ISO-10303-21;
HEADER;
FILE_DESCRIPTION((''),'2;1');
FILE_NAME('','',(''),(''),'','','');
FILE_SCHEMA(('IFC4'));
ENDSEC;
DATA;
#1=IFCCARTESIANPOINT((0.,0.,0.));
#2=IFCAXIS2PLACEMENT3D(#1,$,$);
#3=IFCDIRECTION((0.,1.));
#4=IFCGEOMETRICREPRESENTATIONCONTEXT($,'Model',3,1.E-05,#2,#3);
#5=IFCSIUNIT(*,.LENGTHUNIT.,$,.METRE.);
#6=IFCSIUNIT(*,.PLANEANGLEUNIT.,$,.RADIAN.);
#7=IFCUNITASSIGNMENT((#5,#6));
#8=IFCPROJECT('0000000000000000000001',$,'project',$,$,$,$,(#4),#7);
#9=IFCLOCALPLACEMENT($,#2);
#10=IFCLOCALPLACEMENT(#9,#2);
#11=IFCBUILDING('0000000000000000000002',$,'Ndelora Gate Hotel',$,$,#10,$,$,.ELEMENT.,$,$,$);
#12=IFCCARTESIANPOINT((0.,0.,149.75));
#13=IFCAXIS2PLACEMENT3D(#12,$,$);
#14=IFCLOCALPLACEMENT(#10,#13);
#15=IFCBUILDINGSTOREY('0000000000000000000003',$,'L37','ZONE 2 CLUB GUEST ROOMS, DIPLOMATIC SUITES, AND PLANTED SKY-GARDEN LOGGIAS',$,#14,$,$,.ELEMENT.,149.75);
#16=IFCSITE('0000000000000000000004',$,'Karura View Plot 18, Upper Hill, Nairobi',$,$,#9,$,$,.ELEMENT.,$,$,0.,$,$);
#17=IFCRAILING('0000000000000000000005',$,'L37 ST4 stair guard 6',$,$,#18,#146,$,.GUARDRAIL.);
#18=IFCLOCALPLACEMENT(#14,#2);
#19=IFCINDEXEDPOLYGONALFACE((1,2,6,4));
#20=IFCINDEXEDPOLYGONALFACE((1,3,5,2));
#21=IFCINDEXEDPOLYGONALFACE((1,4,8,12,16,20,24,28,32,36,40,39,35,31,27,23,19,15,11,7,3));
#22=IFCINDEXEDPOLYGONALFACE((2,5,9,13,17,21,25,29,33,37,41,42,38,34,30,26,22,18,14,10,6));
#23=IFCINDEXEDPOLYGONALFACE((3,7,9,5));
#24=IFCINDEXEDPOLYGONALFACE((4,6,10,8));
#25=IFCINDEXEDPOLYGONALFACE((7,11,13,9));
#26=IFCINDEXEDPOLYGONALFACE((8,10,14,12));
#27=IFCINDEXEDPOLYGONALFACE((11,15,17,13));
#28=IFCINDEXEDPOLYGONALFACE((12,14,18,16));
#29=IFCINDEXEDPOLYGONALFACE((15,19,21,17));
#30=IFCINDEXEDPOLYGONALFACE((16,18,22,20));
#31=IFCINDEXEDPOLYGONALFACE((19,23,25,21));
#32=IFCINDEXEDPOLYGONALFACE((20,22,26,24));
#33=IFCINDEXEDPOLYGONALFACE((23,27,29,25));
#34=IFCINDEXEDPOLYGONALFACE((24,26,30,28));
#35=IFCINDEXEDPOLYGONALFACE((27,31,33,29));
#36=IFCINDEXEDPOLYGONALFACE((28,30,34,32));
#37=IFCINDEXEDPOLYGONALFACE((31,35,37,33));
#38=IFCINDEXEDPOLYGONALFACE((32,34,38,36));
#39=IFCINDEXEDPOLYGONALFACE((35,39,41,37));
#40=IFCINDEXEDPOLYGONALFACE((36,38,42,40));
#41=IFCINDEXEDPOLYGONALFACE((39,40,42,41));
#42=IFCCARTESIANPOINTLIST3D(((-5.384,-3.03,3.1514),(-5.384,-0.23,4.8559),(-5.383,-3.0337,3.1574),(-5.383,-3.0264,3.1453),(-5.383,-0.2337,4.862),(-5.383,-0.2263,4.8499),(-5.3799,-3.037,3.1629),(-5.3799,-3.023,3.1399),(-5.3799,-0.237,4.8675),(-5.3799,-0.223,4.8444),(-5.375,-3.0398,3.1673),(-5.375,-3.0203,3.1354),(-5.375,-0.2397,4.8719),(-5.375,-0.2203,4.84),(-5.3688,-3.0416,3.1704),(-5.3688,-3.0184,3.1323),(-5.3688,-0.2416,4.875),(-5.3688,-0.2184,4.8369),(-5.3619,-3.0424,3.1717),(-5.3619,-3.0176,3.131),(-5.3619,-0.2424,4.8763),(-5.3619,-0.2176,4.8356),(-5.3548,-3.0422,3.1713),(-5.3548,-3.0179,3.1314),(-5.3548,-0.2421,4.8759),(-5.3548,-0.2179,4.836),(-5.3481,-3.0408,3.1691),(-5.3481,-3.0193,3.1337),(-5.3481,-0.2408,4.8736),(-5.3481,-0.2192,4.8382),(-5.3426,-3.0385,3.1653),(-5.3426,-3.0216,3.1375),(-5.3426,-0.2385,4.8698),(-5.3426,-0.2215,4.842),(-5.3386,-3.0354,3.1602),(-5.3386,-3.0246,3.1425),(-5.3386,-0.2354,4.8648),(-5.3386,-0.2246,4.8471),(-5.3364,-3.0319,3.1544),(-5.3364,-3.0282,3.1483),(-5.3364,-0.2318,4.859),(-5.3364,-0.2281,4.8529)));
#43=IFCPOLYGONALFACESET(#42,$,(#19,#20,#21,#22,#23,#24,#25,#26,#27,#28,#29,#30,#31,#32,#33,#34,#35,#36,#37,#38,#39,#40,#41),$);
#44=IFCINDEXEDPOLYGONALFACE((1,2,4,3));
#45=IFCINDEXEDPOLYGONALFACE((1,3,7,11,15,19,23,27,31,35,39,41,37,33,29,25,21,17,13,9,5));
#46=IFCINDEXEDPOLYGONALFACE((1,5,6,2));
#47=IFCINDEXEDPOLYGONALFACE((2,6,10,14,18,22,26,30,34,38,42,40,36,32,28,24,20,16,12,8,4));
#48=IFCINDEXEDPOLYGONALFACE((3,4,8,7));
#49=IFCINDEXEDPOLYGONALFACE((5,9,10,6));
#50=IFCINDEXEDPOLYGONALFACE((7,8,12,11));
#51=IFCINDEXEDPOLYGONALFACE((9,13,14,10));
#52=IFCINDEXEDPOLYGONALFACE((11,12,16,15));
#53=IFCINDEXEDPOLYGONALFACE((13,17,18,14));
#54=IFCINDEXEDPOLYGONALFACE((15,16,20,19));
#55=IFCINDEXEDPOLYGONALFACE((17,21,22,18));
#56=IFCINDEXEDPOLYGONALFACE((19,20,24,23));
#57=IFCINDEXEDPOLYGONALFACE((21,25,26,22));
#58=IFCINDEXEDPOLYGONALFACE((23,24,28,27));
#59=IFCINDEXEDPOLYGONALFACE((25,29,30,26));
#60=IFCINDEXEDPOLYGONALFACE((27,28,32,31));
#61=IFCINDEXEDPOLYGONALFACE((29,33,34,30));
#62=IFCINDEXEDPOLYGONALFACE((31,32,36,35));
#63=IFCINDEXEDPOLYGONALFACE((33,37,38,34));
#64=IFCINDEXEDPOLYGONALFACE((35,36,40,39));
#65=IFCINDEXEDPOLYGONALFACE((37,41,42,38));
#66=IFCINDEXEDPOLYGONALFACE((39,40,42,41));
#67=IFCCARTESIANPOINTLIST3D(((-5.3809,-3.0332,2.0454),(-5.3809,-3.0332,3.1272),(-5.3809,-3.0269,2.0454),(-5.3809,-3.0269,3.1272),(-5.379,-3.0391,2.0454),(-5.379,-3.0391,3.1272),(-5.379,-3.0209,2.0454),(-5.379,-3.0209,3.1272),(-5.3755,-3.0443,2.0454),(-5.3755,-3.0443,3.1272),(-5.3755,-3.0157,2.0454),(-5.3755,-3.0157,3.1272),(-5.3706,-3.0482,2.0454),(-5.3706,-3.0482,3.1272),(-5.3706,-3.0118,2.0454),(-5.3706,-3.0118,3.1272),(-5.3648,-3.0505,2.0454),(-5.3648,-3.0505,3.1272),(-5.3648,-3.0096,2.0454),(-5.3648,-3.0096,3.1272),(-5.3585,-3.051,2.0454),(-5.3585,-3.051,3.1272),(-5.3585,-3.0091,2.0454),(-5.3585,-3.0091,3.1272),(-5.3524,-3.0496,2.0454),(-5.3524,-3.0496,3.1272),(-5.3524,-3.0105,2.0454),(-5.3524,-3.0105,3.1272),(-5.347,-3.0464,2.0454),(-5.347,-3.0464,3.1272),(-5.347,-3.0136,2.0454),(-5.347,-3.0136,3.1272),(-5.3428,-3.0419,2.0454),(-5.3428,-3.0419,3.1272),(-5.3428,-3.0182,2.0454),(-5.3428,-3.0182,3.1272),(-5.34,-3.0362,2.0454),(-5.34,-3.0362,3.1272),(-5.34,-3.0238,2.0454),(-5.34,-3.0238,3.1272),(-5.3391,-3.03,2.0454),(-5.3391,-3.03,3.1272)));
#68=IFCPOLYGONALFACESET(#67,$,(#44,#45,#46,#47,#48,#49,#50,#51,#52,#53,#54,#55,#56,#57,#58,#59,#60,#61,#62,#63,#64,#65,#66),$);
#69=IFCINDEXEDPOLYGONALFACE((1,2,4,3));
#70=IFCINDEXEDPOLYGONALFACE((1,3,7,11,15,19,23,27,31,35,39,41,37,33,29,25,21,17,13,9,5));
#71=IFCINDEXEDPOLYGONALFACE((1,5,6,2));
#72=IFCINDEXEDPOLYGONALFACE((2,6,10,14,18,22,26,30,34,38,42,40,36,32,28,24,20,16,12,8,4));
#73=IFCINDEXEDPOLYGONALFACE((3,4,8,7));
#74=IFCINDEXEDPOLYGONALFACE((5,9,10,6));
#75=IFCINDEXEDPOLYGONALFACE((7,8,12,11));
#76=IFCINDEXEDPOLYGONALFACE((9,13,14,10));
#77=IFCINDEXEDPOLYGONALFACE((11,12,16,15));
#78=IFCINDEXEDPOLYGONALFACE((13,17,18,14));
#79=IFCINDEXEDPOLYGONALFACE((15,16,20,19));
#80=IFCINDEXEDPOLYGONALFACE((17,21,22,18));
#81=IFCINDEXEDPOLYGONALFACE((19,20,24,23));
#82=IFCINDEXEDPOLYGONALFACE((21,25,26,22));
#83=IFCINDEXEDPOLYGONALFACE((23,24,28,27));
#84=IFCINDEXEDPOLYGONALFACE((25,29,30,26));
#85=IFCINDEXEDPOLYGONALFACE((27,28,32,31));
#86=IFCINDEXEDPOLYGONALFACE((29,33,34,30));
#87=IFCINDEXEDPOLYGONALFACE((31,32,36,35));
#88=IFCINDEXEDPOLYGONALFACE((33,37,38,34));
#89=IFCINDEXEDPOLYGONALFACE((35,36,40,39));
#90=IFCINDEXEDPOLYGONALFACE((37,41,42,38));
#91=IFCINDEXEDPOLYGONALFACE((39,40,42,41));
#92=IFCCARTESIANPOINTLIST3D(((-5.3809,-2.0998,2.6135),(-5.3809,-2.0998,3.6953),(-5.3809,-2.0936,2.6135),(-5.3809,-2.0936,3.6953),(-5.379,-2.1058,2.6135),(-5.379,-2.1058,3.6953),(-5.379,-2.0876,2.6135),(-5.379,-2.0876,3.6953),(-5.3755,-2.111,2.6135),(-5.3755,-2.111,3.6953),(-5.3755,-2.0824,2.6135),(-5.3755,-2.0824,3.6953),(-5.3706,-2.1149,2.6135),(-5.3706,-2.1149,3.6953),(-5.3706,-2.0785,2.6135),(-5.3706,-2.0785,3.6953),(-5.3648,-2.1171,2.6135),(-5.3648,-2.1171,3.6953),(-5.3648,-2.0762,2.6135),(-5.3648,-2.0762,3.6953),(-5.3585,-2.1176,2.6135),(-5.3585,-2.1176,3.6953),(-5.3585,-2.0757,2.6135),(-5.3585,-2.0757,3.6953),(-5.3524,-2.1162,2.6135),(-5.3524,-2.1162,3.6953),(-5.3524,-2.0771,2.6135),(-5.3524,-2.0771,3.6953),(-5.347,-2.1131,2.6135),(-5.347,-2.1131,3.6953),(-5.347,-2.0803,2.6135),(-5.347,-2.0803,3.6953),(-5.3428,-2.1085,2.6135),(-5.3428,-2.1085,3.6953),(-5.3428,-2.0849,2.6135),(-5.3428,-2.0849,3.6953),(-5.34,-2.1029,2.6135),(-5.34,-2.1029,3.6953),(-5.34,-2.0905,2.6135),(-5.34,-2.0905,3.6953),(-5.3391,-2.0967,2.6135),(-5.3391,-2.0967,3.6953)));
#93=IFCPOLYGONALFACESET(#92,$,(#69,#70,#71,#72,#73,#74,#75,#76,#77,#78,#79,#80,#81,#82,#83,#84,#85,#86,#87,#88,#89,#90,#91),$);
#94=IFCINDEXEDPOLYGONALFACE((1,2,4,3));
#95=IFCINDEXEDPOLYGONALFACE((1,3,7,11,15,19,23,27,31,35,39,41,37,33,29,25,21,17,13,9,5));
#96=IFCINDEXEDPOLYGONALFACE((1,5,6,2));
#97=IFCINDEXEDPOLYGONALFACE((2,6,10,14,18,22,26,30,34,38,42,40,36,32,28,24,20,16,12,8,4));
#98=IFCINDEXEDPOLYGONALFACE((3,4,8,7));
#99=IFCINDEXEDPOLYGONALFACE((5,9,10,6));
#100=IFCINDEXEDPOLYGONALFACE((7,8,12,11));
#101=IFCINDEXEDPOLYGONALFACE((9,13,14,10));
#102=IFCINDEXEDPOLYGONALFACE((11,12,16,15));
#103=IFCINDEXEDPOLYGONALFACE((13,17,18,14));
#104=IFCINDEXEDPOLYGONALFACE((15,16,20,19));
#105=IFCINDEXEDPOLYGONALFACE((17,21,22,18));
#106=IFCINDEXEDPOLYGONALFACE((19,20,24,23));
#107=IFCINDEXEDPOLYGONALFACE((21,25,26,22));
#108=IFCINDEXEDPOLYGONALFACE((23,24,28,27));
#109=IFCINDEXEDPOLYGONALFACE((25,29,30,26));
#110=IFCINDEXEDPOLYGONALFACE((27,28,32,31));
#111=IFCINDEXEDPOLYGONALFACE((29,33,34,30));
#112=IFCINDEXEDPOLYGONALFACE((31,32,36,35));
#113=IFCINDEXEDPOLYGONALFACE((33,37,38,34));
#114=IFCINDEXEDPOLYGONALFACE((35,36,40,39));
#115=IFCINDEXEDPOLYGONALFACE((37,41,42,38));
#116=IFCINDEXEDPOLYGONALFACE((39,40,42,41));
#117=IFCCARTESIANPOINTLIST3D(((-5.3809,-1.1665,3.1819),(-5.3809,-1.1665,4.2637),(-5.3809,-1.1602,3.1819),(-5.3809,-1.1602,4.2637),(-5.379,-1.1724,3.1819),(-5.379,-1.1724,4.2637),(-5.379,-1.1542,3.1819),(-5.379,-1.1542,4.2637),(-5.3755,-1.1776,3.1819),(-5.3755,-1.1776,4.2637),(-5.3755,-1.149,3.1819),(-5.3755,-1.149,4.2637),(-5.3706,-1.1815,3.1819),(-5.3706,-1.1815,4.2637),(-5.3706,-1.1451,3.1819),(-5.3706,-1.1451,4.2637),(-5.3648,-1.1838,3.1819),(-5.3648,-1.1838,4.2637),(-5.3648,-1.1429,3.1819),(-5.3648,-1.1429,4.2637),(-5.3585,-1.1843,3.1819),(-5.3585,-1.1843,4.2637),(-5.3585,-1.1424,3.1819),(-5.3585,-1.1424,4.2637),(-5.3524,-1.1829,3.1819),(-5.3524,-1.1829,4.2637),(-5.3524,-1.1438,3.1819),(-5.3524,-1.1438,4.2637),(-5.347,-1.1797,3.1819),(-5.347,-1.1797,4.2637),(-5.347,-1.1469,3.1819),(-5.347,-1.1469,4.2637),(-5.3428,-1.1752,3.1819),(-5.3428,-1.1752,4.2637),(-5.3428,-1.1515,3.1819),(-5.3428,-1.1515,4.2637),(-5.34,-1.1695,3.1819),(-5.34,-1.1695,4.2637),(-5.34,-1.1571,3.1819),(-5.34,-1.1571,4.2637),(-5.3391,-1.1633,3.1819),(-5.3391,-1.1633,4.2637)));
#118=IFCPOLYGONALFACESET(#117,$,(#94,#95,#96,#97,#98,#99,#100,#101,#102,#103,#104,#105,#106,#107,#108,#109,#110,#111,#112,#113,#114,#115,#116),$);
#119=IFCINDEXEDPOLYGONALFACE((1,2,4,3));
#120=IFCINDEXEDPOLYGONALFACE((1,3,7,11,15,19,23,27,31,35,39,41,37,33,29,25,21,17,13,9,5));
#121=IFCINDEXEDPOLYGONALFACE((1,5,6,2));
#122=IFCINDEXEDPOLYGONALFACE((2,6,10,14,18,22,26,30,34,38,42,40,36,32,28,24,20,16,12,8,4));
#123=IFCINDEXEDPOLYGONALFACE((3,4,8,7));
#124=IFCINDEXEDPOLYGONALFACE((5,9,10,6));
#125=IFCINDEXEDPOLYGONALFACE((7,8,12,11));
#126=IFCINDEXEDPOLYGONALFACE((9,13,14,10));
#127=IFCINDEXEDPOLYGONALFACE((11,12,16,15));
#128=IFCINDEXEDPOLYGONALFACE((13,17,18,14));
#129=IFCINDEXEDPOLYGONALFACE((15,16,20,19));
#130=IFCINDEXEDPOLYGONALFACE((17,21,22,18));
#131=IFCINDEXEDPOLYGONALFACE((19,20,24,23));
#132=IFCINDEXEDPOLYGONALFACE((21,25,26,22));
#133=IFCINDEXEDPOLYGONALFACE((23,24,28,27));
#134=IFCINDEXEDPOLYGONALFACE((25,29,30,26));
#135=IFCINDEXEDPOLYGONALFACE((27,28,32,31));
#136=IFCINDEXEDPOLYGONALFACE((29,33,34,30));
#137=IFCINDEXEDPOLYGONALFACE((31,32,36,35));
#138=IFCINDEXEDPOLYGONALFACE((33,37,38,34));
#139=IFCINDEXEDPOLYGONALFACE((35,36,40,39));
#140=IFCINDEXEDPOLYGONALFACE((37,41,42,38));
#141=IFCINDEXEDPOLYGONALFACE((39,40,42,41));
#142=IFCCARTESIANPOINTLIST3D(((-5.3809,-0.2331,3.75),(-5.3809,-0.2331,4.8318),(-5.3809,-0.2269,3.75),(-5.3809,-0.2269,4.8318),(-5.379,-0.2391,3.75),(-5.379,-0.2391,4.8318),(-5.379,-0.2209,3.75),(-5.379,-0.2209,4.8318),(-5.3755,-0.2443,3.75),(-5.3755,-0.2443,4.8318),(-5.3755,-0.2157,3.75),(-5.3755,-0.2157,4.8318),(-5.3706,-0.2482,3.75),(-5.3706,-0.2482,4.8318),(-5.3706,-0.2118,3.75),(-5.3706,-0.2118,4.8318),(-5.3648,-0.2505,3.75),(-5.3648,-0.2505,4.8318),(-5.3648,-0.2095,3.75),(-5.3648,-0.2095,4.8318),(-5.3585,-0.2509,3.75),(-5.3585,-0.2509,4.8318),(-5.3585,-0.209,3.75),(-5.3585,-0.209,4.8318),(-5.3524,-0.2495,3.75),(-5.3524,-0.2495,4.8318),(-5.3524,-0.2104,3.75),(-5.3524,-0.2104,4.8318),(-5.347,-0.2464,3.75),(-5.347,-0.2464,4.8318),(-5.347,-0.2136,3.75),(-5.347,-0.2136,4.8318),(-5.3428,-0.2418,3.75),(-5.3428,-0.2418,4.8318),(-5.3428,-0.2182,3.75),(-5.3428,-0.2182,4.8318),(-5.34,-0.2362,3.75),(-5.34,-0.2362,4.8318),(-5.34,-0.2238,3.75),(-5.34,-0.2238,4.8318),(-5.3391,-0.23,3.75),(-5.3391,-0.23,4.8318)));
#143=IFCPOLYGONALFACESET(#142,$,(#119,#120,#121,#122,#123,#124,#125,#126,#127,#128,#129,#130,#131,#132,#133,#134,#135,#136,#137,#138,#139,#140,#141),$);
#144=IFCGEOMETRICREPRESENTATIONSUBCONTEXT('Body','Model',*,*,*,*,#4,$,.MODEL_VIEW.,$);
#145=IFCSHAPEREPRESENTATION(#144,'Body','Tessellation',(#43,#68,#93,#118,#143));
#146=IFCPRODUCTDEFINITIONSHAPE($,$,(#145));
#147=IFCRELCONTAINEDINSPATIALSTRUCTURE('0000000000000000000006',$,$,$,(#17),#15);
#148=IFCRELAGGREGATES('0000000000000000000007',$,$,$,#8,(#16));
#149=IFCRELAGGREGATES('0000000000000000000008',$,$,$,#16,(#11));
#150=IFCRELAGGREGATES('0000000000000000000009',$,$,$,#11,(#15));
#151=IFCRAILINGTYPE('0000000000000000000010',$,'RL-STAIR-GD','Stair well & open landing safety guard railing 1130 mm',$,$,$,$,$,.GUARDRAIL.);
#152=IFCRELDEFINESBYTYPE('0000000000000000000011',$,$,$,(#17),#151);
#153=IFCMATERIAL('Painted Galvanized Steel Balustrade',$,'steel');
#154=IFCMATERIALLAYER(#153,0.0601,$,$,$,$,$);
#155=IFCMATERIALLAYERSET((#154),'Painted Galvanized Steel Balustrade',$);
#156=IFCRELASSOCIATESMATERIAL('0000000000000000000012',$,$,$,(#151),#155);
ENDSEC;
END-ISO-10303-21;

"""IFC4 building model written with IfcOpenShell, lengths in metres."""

from ifc_helpers import new_model, si_unit, direction, frame, origin, origin_2d, place, context, subcontext, project, spatial, circle, extrude, material, layer, layer_set, type_object, element, save


model = new_model("IFC4")

# Units and contexts
model_context = context("Model", 3, precision=1e-05, world=origin(), true_north=direction((0.0, 1.0)))
body_context = subcontext(model_context, "Body", "Model", "MODEL_VIEW")
ifc_project = project(units=[si_unit("LENGTHUNIT", "METRE"), si_unit("PLANEANGLEUNIT", "RADIAN")], contexts=[model_context])

# Site, building, storey
site_placement = place(None, origin())
site = spatial("IfcSite", under=ifc_project, at=site_placement, Name="Karura View Plot 18, Upper Hill, Nairobi", CompositionType="ELEMENT", RefElevation=0.0)
building_placement = place(site_placement, origin())
building = spatial("IfcBuilding", under=site, at=building_placement, Name="Ndelora Gate Hotel", CompositionType="ELEMENT")
storey_placement = place(building_placement, frame((0.0, 0.0, 149.75)))
storey = spatial("IfcBuildingStorey", under=building, at=storey_placement, Name="L37", Description="ZONE 2 CLUB GUEST ROOMS, DIPLOMATIC SUITES, AND PLANTED SKY-GARDEN LOGGIAS", CompositionType="ELEMENT", Elevation=149.75)

# Railing
ifc_material_1 = material(Name="Painted Galvanized Steel Balustrade", Category="steel")
ifc_layer_1 = layer(ifc_material_1, 0.0601)
ifc_layer_set_1 = layer_set([ifc_layer_1], Name="Painted Galvanized Steel Balustrade")
railing_type_1 = type_object("IfcRailingType", Name="RL-STAIR-GD", Description="Stair well & open landing safety guard railing 1130 mm", PredefinedType="GUARDRAIL", material=ifc_layer_set_1)
railing_1_placement = place(storey_placement, frame((-5.3601, -3.03, 2.0454)))
element("IfcRailing", 1, at=railing_1_placement, inside=storey, type_object=railing_type_1, Name="L37 ST4 stair guard 6", PredefinedType="GUARDRAIL", context=body_context, shape_type="SweptSolid", body=[
    extrude(circle(Radius=0.0239, at=origin_2d()), frame((0.0, 0.0, 1.106), z_axis=(0.0, 0.85417, 0.519994), x_axis=(-1.0, 0.0, 0.0)), (0.0, 0.0, 1.0), 3.2781),
    extrude(circle(Radius=0.021, at=origin_2d()), origin(), (0.0, 0.0, 1.0), 1.0818),
    extrude(circle(Radius=0.021, at=origin_2d()), frame((0.0, 0.9333, 0.5681)), (0.0, 0.0, 1.0), 1.0818),
    extrude(circle(Radius=0.021, at=origin_2d()), frame((0.0, 1.8667, 1.1365)), (0.0, 0.0, 1.0), 1.0818),
    extrude(circle(Radius=0.021, at=origin_2d()), frame((0.0, 2.8, 1.7046)), (0.0, 0.0, 1.0), 1.0818),
])

save(model, "model.ifc")
